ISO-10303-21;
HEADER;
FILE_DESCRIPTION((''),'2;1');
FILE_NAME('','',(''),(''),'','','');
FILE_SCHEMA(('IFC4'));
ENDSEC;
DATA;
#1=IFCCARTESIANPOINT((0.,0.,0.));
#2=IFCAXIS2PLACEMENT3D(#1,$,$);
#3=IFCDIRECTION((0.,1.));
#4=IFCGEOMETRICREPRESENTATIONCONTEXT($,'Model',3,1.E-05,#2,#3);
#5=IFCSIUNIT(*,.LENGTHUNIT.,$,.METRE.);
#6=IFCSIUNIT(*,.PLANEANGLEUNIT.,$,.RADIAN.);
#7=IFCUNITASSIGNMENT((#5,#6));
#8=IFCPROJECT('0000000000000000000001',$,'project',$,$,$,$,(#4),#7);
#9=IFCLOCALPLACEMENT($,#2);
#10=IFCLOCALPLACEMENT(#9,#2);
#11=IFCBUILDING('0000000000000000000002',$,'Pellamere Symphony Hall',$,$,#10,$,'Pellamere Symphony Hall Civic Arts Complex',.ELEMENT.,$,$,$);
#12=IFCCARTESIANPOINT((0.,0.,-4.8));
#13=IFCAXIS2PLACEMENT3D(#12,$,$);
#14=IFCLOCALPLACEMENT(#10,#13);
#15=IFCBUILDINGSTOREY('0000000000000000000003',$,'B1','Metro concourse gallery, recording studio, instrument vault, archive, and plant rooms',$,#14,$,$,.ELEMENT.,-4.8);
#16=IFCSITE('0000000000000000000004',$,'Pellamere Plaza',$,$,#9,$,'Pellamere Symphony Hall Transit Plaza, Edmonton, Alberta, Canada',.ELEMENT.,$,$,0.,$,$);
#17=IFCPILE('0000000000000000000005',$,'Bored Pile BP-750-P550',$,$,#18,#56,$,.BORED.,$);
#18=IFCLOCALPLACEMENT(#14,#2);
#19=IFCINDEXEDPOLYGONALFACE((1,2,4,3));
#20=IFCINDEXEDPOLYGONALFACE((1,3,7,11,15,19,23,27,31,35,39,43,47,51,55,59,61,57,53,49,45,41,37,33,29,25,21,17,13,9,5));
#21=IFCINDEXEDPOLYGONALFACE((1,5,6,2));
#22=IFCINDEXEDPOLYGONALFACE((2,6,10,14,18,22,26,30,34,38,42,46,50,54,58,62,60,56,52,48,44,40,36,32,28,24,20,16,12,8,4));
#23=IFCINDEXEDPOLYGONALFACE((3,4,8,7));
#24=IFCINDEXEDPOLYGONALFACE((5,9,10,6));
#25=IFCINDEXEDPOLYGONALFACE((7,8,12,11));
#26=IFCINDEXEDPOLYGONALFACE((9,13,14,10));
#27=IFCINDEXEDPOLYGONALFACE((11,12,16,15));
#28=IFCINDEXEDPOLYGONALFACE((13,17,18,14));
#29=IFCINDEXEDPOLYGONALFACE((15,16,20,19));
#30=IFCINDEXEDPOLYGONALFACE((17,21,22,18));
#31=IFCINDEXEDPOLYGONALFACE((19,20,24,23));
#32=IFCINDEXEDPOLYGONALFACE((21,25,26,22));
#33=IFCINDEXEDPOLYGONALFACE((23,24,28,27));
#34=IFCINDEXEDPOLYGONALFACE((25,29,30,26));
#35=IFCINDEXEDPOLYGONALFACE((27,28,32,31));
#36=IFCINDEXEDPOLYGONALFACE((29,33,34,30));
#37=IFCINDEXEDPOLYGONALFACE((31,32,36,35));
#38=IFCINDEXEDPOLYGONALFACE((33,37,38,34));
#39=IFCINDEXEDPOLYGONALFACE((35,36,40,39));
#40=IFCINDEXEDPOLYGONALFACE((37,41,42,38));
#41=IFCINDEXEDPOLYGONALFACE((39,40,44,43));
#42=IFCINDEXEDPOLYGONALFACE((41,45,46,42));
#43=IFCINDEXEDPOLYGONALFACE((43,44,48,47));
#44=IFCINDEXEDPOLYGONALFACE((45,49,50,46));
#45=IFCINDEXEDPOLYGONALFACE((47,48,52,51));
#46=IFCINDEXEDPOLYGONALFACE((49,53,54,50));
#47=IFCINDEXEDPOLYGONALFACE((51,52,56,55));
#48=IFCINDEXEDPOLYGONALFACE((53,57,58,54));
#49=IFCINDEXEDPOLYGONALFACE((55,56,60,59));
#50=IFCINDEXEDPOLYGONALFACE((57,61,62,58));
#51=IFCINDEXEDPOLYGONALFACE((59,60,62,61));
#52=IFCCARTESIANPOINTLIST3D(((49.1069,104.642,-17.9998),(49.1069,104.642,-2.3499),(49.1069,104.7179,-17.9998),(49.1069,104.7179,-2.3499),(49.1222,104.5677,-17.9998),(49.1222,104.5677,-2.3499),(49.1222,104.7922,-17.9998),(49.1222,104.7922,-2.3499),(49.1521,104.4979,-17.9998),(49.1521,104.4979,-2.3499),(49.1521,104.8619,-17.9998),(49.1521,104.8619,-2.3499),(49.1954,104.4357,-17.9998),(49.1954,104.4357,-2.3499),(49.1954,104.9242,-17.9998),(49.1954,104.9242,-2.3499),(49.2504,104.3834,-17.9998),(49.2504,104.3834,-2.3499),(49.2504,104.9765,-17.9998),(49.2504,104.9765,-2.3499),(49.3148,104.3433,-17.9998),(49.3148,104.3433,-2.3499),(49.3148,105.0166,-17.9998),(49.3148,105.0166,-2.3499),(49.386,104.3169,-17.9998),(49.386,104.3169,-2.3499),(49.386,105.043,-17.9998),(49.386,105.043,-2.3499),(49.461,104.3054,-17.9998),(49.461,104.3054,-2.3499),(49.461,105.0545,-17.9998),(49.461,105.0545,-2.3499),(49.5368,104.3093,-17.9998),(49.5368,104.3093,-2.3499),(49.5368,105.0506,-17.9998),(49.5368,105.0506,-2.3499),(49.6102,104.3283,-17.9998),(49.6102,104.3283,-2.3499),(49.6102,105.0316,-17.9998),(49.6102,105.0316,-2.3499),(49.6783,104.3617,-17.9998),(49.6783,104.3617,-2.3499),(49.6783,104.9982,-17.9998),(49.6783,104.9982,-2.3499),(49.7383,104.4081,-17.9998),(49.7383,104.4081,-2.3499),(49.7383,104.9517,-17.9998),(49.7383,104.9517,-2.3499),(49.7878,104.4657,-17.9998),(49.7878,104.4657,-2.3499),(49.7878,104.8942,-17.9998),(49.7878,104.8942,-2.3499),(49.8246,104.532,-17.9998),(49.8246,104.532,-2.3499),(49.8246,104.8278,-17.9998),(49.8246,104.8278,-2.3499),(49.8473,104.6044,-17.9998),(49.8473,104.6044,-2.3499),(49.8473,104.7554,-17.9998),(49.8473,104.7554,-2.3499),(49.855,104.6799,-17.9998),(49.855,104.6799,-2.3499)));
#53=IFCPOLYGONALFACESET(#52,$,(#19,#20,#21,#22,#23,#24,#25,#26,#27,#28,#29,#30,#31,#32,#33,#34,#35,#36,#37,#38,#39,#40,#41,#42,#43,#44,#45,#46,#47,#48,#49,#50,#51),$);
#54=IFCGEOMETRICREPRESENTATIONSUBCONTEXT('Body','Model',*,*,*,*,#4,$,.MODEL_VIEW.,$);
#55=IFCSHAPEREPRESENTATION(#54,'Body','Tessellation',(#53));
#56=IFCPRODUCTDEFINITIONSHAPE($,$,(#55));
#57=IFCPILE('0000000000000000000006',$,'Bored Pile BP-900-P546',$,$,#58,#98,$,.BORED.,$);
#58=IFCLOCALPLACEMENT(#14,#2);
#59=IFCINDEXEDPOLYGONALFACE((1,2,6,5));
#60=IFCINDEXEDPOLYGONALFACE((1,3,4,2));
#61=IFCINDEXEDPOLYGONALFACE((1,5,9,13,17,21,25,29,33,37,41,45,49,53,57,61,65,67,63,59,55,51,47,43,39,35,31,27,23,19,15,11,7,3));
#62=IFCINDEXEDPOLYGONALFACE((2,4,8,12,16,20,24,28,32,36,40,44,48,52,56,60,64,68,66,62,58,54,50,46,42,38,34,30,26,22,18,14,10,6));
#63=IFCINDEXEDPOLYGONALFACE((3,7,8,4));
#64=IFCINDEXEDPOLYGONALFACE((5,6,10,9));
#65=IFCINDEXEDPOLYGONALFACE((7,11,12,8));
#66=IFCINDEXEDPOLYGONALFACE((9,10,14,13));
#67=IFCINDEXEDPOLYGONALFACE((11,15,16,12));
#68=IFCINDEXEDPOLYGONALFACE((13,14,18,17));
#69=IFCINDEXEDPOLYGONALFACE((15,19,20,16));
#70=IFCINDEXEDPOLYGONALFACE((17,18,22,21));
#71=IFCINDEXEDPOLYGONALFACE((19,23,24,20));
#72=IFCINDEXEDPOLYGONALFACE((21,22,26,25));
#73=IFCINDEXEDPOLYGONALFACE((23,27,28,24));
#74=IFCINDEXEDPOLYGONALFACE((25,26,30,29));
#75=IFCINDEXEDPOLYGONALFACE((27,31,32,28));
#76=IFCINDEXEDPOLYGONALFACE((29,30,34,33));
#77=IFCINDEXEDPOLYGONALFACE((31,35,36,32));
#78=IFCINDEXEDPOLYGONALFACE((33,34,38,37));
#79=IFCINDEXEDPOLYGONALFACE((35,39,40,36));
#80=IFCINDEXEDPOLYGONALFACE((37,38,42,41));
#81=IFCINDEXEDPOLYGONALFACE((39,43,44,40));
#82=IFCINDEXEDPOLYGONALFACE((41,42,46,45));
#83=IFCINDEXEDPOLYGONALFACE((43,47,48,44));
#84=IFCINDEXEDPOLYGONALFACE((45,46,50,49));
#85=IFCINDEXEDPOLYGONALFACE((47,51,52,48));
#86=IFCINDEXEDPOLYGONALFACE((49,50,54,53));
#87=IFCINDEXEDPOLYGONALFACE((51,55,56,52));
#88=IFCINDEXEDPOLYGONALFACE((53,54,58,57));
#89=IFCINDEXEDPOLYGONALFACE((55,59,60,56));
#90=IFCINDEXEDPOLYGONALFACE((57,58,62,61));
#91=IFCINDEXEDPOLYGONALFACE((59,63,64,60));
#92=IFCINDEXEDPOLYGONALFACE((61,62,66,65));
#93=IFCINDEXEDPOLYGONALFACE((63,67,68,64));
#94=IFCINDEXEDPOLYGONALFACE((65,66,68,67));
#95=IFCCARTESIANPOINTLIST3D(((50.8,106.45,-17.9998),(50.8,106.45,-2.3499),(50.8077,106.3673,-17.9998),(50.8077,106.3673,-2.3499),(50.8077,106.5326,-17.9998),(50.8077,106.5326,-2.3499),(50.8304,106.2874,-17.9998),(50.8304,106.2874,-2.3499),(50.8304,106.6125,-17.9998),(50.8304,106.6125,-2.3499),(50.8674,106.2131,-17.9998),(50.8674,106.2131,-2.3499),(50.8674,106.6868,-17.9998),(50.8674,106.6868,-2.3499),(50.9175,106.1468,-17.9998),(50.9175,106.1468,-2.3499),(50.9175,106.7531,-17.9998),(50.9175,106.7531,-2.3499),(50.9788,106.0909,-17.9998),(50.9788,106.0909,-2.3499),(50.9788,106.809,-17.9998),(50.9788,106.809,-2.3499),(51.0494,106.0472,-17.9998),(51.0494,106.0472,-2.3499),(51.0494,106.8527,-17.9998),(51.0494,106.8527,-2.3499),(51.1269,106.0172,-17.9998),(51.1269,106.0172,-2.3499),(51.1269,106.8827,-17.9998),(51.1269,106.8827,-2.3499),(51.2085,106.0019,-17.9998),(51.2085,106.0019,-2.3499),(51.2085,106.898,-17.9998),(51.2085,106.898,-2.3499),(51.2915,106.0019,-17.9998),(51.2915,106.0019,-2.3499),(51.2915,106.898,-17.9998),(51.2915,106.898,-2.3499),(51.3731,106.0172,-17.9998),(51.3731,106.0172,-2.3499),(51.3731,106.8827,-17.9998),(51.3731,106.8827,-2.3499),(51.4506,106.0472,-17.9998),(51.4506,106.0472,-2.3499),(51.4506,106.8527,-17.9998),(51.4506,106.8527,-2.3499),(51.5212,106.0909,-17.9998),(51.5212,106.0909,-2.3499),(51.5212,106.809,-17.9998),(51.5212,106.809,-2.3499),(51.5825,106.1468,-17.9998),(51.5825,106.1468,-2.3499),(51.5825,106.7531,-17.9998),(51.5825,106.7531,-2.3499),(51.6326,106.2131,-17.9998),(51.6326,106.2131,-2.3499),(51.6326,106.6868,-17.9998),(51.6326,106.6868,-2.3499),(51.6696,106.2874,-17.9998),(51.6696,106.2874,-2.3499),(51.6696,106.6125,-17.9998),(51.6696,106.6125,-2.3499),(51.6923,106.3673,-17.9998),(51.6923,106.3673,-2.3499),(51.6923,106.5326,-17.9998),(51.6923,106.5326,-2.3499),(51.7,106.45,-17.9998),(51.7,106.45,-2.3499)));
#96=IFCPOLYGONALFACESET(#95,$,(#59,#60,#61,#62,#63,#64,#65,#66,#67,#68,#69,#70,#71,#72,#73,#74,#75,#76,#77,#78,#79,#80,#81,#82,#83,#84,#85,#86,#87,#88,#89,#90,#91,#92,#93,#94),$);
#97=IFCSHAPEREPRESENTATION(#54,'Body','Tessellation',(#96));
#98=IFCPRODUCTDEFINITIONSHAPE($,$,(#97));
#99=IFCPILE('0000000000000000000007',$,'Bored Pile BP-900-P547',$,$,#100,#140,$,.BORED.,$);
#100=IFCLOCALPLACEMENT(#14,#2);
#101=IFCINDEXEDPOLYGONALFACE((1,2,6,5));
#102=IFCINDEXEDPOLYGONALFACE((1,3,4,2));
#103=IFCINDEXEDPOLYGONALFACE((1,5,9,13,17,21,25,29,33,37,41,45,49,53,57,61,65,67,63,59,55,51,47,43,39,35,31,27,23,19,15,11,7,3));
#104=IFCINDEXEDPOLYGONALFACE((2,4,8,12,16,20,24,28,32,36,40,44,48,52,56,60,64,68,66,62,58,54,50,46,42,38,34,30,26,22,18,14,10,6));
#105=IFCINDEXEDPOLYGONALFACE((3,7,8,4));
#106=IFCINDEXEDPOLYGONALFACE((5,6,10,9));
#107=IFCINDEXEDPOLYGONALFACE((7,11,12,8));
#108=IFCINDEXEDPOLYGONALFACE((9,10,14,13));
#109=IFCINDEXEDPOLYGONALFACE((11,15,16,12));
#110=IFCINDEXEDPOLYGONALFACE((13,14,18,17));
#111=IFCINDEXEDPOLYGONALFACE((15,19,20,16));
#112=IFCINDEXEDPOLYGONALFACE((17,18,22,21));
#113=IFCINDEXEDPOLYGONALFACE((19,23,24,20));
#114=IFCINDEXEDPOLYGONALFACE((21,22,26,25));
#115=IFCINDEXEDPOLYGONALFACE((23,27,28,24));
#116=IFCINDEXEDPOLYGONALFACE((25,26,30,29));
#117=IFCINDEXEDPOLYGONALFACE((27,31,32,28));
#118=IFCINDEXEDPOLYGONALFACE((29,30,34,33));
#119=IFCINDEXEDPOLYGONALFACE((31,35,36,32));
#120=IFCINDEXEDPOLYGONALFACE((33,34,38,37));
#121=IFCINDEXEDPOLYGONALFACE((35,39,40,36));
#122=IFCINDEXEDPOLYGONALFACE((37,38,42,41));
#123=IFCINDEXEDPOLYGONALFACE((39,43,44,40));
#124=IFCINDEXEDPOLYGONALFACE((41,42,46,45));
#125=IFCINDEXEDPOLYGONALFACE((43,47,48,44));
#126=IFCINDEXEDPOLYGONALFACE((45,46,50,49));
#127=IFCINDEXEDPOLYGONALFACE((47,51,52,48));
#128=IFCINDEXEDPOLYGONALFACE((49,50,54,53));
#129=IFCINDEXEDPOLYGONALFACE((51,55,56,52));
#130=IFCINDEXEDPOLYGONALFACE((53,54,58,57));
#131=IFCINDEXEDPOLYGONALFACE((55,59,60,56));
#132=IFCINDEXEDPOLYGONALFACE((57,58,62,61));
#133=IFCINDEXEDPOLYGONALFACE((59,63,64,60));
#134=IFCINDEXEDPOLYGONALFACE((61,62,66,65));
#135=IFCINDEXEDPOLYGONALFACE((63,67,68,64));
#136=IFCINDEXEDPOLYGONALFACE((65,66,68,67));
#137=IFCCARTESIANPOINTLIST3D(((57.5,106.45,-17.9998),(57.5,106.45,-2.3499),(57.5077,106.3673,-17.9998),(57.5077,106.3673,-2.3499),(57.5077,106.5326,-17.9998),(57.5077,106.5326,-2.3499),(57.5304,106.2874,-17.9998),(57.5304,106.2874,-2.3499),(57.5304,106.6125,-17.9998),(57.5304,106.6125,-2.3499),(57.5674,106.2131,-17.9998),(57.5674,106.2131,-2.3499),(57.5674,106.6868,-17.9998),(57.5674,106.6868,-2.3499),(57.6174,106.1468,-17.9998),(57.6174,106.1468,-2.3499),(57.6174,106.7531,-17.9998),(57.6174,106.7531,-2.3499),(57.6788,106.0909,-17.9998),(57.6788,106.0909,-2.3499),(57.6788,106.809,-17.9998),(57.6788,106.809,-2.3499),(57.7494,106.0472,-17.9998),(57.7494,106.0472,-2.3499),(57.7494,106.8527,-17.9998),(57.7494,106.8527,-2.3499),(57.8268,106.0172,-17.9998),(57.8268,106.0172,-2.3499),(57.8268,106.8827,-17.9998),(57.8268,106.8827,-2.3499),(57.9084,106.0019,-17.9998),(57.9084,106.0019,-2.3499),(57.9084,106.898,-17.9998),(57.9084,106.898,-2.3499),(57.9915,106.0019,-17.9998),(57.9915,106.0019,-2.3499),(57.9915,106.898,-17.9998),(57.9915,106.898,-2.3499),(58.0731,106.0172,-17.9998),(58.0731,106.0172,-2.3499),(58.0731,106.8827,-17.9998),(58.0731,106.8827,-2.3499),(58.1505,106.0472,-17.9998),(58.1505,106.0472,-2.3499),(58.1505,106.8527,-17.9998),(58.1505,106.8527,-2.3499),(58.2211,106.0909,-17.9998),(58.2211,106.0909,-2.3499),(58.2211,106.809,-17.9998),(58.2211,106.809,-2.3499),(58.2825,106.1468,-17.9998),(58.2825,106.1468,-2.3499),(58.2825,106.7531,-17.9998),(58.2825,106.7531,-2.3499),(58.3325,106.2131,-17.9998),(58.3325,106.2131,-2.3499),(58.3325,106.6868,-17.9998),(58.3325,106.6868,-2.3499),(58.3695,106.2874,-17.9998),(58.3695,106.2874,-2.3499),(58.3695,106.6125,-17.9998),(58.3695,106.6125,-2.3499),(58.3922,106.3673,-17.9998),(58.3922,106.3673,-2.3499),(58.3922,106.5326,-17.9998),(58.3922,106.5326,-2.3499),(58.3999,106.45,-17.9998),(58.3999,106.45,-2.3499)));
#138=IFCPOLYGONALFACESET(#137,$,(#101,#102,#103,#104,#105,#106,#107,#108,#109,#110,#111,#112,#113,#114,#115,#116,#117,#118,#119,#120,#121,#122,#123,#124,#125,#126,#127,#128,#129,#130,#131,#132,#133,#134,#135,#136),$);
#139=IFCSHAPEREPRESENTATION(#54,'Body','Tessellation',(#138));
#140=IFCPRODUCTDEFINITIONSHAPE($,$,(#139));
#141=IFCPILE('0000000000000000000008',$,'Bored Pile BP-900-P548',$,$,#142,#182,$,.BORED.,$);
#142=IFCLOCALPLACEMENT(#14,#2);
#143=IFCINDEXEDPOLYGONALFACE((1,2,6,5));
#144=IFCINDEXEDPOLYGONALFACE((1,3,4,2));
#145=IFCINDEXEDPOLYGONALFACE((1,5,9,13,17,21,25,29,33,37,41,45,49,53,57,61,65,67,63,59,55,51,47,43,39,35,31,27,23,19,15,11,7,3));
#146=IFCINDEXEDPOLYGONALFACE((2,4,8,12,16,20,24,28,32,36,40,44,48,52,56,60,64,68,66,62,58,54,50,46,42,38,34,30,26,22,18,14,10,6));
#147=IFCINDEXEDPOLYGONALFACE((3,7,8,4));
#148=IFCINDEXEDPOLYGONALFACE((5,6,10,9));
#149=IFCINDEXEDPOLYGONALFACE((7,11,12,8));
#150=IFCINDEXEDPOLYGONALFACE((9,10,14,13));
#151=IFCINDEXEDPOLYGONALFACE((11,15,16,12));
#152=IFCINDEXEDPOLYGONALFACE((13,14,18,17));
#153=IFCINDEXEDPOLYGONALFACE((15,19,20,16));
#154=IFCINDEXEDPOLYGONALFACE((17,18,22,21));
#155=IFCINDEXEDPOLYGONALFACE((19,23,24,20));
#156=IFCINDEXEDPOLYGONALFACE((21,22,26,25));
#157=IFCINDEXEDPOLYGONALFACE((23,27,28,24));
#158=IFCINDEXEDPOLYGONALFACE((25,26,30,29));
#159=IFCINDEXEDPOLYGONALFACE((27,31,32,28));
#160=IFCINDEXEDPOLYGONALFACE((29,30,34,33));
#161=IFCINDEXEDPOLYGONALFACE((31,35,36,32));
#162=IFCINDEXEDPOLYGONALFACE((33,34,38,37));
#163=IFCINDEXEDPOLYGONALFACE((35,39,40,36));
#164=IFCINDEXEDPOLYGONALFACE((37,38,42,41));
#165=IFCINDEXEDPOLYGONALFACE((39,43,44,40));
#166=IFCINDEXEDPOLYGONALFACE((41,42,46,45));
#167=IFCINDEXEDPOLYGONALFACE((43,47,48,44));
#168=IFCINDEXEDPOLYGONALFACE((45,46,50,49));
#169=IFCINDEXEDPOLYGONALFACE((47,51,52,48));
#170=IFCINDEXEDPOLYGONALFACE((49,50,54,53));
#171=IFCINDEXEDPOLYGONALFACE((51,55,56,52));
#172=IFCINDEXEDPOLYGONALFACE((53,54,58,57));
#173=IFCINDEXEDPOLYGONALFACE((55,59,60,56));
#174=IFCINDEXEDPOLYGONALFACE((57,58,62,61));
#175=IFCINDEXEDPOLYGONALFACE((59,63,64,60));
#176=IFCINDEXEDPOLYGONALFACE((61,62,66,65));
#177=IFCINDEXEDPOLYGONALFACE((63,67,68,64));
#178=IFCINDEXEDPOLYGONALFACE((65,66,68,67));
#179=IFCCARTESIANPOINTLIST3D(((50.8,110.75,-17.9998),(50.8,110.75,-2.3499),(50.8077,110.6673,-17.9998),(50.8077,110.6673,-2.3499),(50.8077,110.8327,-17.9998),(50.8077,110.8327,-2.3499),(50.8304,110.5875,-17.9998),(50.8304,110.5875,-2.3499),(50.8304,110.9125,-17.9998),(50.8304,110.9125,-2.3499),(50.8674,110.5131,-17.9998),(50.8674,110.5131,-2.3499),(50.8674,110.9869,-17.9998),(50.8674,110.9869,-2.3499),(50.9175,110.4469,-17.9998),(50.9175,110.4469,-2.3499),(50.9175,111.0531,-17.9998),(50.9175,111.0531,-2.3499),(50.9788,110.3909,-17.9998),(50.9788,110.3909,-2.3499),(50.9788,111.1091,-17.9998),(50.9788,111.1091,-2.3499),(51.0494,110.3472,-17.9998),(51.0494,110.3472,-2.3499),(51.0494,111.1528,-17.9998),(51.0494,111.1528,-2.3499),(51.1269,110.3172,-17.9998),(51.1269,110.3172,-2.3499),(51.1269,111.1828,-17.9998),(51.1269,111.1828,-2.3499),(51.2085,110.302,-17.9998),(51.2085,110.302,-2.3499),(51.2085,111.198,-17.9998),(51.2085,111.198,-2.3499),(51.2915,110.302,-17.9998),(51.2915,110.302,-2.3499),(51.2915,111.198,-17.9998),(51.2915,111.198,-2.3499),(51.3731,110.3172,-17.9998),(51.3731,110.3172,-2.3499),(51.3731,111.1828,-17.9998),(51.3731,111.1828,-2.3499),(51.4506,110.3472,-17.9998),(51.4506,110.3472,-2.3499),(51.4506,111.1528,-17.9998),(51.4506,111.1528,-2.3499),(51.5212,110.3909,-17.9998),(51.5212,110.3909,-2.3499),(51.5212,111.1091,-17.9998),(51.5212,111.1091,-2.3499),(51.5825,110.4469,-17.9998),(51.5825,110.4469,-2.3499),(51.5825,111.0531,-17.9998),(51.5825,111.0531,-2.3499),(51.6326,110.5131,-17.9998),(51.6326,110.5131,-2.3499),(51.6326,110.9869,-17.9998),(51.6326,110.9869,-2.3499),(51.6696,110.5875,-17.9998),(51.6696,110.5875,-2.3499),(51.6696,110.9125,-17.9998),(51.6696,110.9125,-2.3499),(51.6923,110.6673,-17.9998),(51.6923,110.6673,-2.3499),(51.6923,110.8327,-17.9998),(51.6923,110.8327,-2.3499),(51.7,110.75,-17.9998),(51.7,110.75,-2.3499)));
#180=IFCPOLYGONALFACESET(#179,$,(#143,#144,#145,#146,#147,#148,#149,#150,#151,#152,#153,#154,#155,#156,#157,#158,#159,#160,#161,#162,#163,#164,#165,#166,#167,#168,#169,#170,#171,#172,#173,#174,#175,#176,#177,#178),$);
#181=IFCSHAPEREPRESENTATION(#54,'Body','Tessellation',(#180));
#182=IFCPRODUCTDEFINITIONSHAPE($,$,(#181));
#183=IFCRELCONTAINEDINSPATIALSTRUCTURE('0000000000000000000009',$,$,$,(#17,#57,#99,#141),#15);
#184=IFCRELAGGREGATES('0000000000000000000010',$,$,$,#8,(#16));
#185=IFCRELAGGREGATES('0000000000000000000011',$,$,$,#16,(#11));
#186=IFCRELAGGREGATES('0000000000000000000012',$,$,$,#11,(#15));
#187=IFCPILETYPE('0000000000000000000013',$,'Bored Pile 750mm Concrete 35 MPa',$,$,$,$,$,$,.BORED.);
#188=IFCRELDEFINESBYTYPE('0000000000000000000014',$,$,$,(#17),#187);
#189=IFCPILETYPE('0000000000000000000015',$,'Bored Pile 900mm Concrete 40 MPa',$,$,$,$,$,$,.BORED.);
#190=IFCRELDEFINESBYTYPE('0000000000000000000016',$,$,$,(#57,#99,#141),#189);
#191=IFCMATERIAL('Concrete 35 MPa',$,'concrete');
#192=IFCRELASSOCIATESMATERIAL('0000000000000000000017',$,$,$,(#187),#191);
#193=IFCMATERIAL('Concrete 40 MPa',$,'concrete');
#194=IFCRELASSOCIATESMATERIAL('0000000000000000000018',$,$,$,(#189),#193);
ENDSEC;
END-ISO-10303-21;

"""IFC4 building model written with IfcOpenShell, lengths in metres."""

from ifc_helpers import new_model, si_unit, direction, frame, origin, origin_2d, place, context, subcontext, project, spatial, circle, extrude, material, material_profile, profile_set, type_object, element, save


model = new_model("IFC4")

# Units and contexts
model_context = context("Model", 3, precision=1e-05, world=origin(), true_north=direction((0.0, 1.0)))
body_context = subcontext(model_context, "Body", "Model", "MODEL_VIEW")
ifc_project = project(units=[si_unit("LENGTHUNIT", "METRE"), si_unit("PLANEANGLEUNIT", "RADIAN")], contexts=[model_context])

# Site, building, storey
site_placement = place(None, origin())
site = spatial("IfcSite", under=ifc_project, at=site_placement, Name="Pellamere Plaza", LongName="Pellamere Symphony Hall Transit Plaza, Edmonton, Alberta, Canada", CompositionType="ELEMENT", RefElevation=0.0)
building_placement = place(site_placement, origin())
building = spatial("IfcBuilding", under=site, at=building_placement, Name="Pellamere Symphony Hall", LongName="Pellamere Symphony Hall Civic Arts Complex", CompositionType="ELEMENT")
storey_placement = place(building_placement, frame((0.0, 0.0, -4.8)))
storey = spatial("IfcBuildingStorey", under=building, at=storey_placement, Name="B1", Description="Metro concourse gallery, recording studio, instrument vault, archive, and plant rooms", CompositionType="ELEMENT", Elevation=-4.8)

# Piles
ifc_material_1 = material(Name="Concrete 35 MPa", Category="concrete")
ifc_material_profile_1 = material_profile(ifc_material_1, circle(Radius=0.375, at=origin_2d()), Name="PILE D750")
ifc_profile_set_1 = profile_set([ifc_material_profile_1], Name="Concrete 35 MPa")
pile_type_1 = type_object("IfcPileType", Name="Bored Pile 750mm Concrete 35 MPa", PredefinedType="BORED", material=ifc_profile_set_1)
pile_1_placement = place(storey_placement, frame((49.48, 104.6799, -2.3499), z_axis=(0.0, 0.0, -1.0), x_axis=(1.0, 0.0, 0.0)))
element("IfcPile", 1, at=pile_1_placement, inside=storey, type_object=pile_type_1, Name="Bored Pile BP-750-P550", PredefinedType="BORED", context=body_context, shape_type="SweptSolid", body=[
    extrude(circle(Radius=0.375, at=origin_2d()), origin(), (0.0, 0.0, 1.0), 15.6499),
])
ifc_material_2 = material(Name="Concrete 40 MPa", Category="concrete")
ifc_material_profile_2 = material_profile(ifc_material_2, circle(Radius=0.45, at=origin_2d()), Name="PILE D900")
ifc_profile_set_2 = profile_set([ifc_material_profile_2], Name="Concrete 40 MPa")
pile_type_2 = type_object("IfcPileType", Name="Bored Pile 900mm Concrete 40 MPa", PredefinedType="BORED", material=ifc_profile_set_2)
for number, where, z_axis, x_axis, name in (
    (2, (51.25, 106.45, -2.3499), (0.0, 0.0, -1.0), (1.0, 0.0, 0.0), "Bored Pile BP-900-P546"),
    (3, (57.95, 106.45, -2.3499), (0.0, 0.0, -1.0), (1.0, 0.0, 0.0), "Bored Pile BP-900-P547"),
    (4, (51.25, 110.75, -2.3499), (0.0, 0.0, -1.0), (1.0, 0.0, 0.0), "Bored Pile BP-900-P548"),
):
    element("IfcPile", number, at=place(storey_placement, frame(where, z_axis=z_axis, x_axis=x_axis)), inside=storey, type_object=pile_type_2, Name=name, PredefinedType="BORED", context=body_context, shape_type="SweptSolid", body=[
        extrude(circle(Radius=0.45, at=origin_2d()), origin(), (0.0, 0.0, 1.0), 15.6499),
    ])

save(model, "model.ifc")
